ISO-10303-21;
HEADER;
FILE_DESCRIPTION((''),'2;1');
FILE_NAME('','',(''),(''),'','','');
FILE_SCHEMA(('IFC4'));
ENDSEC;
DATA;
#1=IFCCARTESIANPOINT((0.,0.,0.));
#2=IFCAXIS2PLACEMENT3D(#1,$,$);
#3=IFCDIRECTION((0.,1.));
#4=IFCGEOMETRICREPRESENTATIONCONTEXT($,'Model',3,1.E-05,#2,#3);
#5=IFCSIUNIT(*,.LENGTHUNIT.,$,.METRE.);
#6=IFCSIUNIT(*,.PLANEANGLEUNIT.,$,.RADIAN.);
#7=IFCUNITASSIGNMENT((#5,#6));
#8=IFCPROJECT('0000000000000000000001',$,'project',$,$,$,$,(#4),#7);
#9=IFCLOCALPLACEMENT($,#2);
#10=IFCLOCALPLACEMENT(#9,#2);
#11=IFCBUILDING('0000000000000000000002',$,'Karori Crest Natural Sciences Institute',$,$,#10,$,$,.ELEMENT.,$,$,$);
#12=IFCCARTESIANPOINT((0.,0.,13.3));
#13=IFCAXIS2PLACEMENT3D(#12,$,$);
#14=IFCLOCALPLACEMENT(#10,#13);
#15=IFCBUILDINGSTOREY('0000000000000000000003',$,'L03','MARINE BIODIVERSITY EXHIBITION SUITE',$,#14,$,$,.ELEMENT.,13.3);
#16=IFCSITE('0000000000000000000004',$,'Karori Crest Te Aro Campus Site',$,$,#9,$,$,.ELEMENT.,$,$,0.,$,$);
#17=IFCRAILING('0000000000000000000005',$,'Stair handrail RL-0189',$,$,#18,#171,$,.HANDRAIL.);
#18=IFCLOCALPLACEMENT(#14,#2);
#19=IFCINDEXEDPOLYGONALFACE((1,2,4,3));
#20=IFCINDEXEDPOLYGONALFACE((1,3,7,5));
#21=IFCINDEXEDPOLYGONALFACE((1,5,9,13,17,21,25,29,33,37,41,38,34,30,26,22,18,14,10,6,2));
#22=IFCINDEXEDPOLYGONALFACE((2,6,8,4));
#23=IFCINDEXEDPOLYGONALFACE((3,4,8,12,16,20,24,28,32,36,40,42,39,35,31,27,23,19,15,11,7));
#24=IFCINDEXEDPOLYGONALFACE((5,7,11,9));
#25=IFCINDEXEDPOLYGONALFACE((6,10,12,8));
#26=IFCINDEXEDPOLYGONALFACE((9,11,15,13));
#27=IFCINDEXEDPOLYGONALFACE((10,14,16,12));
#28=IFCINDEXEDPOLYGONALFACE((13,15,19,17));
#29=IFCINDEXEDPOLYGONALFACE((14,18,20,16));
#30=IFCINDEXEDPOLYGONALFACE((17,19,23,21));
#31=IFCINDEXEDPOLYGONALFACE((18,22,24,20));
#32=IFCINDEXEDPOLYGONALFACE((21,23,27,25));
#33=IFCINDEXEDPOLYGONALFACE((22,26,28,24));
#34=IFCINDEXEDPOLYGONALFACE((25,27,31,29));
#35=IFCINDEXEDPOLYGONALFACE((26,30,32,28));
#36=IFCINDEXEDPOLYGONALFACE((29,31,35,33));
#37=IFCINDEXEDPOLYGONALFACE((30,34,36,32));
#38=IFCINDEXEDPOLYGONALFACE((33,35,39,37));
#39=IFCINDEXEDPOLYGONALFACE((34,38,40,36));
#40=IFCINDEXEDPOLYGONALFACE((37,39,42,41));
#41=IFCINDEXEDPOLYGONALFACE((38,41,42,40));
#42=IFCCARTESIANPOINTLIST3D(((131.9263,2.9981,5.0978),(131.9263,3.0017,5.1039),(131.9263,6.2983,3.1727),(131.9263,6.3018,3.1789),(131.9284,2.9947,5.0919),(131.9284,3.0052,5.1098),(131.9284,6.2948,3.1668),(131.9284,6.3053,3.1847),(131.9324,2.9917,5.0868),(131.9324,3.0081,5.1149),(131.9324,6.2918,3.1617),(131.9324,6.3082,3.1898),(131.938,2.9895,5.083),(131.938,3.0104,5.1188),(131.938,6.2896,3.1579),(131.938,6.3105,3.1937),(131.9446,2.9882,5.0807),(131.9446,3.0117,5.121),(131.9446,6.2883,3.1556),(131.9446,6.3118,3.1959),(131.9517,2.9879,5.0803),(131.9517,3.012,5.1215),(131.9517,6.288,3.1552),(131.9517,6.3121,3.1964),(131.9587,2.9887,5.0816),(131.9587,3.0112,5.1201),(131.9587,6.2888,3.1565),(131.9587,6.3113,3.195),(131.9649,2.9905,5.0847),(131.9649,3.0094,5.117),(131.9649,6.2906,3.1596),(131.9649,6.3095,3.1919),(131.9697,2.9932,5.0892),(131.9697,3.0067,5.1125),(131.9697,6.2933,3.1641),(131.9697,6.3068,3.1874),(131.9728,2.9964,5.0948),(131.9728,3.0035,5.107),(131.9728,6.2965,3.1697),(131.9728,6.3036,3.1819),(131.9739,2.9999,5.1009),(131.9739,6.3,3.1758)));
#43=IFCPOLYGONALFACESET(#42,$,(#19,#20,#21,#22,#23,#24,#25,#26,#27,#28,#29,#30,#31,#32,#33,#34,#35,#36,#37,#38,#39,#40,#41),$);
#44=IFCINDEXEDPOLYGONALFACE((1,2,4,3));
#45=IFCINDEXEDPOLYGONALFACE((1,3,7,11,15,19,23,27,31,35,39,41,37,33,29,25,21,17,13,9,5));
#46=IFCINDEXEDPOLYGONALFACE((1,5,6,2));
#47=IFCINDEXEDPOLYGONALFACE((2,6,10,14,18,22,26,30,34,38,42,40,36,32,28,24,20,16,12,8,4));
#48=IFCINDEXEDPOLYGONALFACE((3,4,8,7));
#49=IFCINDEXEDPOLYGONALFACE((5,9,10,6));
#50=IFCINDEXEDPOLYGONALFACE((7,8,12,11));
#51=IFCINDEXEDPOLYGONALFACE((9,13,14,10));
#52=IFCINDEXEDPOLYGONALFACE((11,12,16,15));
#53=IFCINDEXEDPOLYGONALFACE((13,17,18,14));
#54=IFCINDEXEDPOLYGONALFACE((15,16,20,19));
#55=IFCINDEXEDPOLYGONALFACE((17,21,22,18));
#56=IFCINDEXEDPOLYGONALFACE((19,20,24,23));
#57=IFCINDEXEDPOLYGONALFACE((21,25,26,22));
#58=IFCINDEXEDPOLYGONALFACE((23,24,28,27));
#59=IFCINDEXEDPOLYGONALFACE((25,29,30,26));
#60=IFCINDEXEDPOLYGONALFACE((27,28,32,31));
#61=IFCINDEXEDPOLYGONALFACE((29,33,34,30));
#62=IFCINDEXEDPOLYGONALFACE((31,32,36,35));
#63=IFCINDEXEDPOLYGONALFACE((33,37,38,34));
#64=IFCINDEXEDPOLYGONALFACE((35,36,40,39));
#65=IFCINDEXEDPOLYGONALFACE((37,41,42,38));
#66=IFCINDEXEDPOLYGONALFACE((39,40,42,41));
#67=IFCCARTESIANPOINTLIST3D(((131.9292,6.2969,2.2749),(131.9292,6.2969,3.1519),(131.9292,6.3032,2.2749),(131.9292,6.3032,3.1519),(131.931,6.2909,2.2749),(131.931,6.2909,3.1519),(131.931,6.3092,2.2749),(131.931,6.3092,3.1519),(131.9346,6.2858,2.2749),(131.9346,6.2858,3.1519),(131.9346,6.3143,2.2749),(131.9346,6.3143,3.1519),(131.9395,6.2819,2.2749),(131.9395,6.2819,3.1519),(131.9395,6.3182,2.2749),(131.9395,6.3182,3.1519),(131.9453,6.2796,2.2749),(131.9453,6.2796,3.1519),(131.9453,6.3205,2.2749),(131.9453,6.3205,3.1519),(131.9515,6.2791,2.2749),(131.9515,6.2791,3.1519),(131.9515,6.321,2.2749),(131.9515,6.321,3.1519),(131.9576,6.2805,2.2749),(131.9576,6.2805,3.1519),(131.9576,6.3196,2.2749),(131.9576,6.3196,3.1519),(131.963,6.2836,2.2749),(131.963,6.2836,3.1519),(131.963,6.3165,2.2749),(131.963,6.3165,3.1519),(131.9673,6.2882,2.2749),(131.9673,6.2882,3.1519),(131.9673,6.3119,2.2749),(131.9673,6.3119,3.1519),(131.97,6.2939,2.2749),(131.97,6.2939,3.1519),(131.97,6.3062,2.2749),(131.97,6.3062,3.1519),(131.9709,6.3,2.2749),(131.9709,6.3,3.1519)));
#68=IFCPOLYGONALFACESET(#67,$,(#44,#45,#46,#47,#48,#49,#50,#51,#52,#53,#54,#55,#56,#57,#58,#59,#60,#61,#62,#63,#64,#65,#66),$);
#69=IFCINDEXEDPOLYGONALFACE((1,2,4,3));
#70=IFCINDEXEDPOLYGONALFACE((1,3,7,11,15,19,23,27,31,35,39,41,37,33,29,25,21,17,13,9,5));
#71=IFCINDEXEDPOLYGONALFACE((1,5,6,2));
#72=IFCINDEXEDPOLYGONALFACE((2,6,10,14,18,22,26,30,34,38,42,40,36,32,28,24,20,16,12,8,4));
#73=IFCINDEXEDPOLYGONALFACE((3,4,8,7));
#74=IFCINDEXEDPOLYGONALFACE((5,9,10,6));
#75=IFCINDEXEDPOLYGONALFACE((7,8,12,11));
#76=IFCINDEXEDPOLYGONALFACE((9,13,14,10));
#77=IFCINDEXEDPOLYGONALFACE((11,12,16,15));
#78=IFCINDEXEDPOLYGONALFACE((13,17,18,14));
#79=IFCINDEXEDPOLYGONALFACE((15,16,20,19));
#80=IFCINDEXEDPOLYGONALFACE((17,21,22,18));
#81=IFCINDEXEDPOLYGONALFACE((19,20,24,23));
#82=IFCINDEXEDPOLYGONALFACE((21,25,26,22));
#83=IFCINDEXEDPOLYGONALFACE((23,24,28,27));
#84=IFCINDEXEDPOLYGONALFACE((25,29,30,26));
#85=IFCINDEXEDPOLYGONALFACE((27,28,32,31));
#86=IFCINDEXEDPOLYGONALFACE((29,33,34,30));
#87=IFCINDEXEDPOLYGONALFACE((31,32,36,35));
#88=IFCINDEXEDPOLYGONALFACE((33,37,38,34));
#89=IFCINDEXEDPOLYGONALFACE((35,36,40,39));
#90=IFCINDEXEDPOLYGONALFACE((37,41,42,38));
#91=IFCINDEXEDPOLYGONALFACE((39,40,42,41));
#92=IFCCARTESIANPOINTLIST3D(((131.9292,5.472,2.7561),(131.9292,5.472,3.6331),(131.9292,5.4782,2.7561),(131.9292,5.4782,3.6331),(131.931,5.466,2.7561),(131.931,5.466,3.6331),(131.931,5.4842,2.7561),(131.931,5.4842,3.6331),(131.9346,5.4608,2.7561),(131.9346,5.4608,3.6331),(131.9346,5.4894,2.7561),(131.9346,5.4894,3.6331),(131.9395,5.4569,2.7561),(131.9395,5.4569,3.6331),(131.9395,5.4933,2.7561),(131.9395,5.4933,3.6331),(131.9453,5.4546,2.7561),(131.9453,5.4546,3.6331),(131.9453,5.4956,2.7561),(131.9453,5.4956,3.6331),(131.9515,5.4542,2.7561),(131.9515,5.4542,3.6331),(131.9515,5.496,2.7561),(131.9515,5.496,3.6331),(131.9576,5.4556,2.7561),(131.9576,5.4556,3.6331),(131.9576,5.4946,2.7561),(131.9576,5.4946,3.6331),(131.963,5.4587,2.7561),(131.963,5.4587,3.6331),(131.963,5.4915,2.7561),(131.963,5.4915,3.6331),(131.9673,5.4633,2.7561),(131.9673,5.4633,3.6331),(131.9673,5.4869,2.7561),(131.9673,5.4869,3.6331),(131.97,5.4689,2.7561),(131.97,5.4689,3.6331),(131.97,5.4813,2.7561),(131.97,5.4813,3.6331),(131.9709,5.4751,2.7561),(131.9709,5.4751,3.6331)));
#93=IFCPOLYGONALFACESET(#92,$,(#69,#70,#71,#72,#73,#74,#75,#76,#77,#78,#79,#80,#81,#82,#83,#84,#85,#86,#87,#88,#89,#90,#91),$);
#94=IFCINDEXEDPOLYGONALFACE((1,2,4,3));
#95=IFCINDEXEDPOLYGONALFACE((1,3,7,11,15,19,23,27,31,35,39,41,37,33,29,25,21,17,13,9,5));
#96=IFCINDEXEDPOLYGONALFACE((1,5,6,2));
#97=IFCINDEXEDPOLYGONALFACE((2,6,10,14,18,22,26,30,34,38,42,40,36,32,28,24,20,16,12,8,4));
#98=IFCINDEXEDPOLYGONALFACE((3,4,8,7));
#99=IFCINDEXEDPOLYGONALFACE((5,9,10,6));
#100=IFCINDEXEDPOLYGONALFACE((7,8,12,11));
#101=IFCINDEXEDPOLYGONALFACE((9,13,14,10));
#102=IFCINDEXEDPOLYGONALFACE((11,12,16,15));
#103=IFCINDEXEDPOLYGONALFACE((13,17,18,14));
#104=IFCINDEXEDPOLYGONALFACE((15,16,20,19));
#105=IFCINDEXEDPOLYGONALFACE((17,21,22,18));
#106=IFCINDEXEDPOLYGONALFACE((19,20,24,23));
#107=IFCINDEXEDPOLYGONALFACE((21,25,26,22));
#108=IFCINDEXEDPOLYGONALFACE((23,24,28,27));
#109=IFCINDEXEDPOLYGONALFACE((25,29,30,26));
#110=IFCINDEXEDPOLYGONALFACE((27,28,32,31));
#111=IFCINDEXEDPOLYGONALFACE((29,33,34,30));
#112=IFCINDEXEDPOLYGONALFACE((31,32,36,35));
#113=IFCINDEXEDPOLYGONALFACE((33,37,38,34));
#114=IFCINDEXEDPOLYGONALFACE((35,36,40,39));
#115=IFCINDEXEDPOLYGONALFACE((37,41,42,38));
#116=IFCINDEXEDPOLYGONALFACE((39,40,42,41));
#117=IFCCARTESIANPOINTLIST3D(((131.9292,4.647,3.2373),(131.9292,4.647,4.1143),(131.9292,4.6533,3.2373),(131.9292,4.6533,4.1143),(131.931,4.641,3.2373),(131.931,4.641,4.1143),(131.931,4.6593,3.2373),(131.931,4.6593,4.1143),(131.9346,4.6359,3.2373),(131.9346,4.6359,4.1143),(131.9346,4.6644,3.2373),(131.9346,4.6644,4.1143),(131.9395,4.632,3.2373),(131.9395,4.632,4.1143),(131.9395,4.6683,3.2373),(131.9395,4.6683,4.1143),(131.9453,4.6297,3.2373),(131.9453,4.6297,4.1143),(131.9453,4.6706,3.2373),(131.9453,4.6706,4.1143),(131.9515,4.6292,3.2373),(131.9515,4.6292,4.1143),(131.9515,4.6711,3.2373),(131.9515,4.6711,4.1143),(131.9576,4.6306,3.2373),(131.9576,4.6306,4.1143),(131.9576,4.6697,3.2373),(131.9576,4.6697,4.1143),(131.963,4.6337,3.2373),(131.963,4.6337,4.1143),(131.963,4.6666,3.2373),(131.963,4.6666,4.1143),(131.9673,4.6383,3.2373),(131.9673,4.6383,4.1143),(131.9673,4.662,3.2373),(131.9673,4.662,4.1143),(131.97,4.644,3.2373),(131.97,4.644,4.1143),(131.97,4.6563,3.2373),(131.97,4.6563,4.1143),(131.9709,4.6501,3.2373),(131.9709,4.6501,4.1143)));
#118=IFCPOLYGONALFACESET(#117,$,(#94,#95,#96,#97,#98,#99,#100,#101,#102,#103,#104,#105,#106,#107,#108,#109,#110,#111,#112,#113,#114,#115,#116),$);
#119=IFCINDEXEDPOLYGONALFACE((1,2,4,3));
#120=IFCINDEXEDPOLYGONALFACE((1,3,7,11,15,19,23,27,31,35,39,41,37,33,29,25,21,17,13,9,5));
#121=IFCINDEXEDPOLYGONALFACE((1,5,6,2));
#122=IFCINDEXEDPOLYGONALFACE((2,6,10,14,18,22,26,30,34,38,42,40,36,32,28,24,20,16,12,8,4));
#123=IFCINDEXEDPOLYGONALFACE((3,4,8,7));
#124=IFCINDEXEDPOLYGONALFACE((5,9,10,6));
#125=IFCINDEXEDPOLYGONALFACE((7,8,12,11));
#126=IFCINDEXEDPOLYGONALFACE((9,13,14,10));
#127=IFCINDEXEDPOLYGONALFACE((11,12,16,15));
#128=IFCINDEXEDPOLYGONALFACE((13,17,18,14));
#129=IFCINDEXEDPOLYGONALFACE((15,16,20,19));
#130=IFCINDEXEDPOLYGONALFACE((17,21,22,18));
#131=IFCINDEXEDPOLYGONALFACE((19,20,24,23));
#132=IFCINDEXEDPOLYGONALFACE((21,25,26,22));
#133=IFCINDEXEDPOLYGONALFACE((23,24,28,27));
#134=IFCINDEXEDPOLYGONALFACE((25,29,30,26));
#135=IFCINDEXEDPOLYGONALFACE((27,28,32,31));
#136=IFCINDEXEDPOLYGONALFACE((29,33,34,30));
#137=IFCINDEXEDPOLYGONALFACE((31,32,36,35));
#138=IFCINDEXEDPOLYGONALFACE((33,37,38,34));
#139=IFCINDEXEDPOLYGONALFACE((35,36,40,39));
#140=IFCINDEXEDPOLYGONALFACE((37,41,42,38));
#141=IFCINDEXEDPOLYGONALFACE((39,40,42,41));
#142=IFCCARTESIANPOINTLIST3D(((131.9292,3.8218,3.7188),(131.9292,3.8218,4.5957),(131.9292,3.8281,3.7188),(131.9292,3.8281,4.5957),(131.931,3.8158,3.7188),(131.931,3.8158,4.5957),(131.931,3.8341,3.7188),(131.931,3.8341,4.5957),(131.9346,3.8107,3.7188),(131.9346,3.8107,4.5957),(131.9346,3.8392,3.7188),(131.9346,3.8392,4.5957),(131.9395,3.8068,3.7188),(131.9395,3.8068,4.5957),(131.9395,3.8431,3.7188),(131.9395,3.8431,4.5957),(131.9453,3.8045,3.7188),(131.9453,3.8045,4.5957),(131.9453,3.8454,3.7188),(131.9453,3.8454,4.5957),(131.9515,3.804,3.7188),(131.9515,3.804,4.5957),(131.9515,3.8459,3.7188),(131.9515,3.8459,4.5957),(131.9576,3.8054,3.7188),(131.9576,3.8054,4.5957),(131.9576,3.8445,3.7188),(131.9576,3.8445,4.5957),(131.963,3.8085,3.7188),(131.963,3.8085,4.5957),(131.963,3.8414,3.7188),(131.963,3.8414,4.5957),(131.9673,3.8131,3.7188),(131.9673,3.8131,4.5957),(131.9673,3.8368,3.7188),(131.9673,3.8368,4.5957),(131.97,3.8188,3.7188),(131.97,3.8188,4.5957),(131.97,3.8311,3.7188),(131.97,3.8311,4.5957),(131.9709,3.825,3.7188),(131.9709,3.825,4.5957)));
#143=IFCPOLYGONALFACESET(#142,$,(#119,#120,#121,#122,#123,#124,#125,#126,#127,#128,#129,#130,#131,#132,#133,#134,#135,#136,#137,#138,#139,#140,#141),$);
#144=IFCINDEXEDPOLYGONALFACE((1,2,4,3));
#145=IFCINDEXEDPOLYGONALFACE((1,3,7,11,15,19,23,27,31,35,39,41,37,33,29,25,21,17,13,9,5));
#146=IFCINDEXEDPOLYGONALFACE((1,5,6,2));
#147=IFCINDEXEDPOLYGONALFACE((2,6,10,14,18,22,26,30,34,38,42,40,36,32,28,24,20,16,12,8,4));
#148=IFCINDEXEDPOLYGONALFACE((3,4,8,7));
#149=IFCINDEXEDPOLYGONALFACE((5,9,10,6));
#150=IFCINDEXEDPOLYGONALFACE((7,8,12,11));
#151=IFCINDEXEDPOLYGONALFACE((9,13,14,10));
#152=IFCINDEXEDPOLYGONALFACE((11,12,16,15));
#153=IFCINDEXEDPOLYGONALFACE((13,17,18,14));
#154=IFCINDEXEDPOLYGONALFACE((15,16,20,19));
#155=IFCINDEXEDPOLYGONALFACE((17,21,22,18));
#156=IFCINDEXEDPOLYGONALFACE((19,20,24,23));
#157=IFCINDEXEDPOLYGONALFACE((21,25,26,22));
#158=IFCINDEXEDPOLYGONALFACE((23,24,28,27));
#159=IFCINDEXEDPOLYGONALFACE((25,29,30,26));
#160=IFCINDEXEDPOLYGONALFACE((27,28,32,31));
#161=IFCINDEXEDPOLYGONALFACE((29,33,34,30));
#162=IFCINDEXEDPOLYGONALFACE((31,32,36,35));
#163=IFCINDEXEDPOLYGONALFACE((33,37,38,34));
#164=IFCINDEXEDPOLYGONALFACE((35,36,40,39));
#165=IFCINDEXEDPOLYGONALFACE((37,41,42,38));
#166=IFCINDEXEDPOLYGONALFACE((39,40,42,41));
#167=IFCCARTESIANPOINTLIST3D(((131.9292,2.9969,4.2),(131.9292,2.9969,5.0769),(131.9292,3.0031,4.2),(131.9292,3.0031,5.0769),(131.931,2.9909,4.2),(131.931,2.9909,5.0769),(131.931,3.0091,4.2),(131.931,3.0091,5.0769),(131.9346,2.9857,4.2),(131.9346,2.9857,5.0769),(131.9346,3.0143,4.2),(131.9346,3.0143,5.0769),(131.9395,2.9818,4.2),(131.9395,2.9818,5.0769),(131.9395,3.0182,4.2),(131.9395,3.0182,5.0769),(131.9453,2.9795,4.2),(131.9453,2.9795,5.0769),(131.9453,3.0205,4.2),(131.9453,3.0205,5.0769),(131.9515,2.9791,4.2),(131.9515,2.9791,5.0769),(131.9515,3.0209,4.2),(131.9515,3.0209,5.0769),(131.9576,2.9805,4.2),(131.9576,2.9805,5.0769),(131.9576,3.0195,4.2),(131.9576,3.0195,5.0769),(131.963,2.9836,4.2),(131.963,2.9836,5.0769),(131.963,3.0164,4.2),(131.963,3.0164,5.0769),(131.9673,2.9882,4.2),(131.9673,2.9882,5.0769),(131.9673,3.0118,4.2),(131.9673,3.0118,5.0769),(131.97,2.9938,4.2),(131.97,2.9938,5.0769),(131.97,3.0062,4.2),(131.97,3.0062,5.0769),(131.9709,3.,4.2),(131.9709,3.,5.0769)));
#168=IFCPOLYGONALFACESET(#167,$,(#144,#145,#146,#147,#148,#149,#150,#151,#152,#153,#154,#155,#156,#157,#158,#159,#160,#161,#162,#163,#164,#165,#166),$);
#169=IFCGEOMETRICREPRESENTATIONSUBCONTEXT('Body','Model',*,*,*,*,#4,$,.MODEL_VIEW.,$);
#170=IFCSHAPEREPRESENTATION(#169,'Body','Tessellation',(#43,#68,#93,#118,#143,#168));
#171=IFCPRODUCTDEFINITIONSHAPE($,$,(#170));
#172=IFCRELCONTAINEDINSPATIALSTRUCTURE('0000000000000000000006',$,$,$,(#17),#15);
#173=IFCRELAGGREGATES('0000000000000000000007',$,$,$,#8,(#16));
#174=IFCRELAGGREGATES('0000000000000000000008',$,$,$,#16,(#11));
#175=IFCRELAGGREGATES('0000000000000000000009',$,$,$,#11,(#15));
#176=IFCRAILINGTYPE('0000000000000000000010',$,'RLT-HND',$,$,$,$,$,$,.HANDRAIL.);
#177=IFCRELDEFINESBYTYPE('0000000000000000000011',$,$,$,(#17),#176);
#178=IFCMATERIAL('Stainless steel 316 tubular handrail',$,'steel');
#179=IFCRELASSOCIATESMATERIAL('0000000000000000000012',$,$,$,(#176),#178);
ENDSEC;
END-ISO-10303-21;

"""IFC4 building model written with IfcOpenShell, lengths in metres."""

from ifc_helpers import new_model, si_unit, direction, frame, origin, origin_2d, place, context, subcontext, project, spatial, circle, extrude, material, type_object, element, save


model = new_model("IFC4")

# Units and contexts
model_context = context("Model", 3, precision=1e-05, world=origin(), true_north=direction((0.0, 1.0)))
body_context = subcontext(model_context, "Body", "Model", "MODEL_VIEW")
ifc_project = project(units=[si_unit("LENGTHUNIT", "METRE"), si_unit("PLANEANGLEUNIT", "RADIAN")], contexts=[model_context])

# Site, building, storey
site_placement = place(None, origin())
site = spatial("IfcSite", under=ifc_project, at=site_placement, Name="Karori Crest Te Aro Campus Site", CompositionType="ELEMENT", RefElevation=0.0)
building_placement = place(site_placement, origin())
building = spatial("IfcBuilding", under=site, at=building_placement, Name="Karori Crest Natural Sciences Institute", CompositionType="ELEMENT")
storey_placement = place(building_placement, frame((0.0, 0.0, 13.3)))
storey = spatial("IfcBuildingStorey", under=building, at=storey_placement, Name="L03", Description="MARINE BIODIVERSITY EXHIBITION SUITE", CompositionType="ELEMENT", Elevation=13.3)

# Railing
ifc_material_1 = material(Name="Stainless steel 316 tubular handrail", Category="steel")
railing_type_1 = type_object("IfcRailingType", Name="RLT-HND", PredefinedType="HANDRAIL", material=ifc_material_1)
railing_1_placement = place(storey_placement, frame((131.95, 6.3, 2.2749)))
element("IfcRailing", 1, at=railing_1_placement, inside=storey, type_object=railing_type_1, Name="Stair handrail RL-0189", PredefinedType="HANDRAIL", context=body_context, shape_type="SweptSolid", body=[
    extrude(circle(Radius=0.0239, at=origin_2d()), frame((0.0, 0.0, 0.9009), z_axis=(0.0, -0.863777, 0.503875), x_axis=(1.0, 0.0, 0.0)), (0.0, 0.0, 1.0), 3.8206),
    extrude(circle(Radius=0.021, at=origin_2d()), origin(), (0.0, 0.0, 1.0), 0.877),
    extrude(circle(Radius=0.021, at=origin_2d()), frame((0.0, -0.825, 0.4812)), (0.0, 0.0, 1.0), 0.877),
    extrude(circle(Radius=0.021, at=origin_2d()), frame((0.0, -1.6499, 0.9624)), (0.0, 0.0, 1.0), 0.877),
    extrude(circle(Radius=0.021, at=origin_2d()), frame((0.0, -2.4751, 1.4438)), (0.0, 0.0, 1.0), 0.877),
    extrude(circle(Radius=0.021, at=origin_2d()), frame((0.0, -3.3, 1.925)), (0.0, 0.0, 1.0), 0.877),
])

save(model, "model.ifc")
